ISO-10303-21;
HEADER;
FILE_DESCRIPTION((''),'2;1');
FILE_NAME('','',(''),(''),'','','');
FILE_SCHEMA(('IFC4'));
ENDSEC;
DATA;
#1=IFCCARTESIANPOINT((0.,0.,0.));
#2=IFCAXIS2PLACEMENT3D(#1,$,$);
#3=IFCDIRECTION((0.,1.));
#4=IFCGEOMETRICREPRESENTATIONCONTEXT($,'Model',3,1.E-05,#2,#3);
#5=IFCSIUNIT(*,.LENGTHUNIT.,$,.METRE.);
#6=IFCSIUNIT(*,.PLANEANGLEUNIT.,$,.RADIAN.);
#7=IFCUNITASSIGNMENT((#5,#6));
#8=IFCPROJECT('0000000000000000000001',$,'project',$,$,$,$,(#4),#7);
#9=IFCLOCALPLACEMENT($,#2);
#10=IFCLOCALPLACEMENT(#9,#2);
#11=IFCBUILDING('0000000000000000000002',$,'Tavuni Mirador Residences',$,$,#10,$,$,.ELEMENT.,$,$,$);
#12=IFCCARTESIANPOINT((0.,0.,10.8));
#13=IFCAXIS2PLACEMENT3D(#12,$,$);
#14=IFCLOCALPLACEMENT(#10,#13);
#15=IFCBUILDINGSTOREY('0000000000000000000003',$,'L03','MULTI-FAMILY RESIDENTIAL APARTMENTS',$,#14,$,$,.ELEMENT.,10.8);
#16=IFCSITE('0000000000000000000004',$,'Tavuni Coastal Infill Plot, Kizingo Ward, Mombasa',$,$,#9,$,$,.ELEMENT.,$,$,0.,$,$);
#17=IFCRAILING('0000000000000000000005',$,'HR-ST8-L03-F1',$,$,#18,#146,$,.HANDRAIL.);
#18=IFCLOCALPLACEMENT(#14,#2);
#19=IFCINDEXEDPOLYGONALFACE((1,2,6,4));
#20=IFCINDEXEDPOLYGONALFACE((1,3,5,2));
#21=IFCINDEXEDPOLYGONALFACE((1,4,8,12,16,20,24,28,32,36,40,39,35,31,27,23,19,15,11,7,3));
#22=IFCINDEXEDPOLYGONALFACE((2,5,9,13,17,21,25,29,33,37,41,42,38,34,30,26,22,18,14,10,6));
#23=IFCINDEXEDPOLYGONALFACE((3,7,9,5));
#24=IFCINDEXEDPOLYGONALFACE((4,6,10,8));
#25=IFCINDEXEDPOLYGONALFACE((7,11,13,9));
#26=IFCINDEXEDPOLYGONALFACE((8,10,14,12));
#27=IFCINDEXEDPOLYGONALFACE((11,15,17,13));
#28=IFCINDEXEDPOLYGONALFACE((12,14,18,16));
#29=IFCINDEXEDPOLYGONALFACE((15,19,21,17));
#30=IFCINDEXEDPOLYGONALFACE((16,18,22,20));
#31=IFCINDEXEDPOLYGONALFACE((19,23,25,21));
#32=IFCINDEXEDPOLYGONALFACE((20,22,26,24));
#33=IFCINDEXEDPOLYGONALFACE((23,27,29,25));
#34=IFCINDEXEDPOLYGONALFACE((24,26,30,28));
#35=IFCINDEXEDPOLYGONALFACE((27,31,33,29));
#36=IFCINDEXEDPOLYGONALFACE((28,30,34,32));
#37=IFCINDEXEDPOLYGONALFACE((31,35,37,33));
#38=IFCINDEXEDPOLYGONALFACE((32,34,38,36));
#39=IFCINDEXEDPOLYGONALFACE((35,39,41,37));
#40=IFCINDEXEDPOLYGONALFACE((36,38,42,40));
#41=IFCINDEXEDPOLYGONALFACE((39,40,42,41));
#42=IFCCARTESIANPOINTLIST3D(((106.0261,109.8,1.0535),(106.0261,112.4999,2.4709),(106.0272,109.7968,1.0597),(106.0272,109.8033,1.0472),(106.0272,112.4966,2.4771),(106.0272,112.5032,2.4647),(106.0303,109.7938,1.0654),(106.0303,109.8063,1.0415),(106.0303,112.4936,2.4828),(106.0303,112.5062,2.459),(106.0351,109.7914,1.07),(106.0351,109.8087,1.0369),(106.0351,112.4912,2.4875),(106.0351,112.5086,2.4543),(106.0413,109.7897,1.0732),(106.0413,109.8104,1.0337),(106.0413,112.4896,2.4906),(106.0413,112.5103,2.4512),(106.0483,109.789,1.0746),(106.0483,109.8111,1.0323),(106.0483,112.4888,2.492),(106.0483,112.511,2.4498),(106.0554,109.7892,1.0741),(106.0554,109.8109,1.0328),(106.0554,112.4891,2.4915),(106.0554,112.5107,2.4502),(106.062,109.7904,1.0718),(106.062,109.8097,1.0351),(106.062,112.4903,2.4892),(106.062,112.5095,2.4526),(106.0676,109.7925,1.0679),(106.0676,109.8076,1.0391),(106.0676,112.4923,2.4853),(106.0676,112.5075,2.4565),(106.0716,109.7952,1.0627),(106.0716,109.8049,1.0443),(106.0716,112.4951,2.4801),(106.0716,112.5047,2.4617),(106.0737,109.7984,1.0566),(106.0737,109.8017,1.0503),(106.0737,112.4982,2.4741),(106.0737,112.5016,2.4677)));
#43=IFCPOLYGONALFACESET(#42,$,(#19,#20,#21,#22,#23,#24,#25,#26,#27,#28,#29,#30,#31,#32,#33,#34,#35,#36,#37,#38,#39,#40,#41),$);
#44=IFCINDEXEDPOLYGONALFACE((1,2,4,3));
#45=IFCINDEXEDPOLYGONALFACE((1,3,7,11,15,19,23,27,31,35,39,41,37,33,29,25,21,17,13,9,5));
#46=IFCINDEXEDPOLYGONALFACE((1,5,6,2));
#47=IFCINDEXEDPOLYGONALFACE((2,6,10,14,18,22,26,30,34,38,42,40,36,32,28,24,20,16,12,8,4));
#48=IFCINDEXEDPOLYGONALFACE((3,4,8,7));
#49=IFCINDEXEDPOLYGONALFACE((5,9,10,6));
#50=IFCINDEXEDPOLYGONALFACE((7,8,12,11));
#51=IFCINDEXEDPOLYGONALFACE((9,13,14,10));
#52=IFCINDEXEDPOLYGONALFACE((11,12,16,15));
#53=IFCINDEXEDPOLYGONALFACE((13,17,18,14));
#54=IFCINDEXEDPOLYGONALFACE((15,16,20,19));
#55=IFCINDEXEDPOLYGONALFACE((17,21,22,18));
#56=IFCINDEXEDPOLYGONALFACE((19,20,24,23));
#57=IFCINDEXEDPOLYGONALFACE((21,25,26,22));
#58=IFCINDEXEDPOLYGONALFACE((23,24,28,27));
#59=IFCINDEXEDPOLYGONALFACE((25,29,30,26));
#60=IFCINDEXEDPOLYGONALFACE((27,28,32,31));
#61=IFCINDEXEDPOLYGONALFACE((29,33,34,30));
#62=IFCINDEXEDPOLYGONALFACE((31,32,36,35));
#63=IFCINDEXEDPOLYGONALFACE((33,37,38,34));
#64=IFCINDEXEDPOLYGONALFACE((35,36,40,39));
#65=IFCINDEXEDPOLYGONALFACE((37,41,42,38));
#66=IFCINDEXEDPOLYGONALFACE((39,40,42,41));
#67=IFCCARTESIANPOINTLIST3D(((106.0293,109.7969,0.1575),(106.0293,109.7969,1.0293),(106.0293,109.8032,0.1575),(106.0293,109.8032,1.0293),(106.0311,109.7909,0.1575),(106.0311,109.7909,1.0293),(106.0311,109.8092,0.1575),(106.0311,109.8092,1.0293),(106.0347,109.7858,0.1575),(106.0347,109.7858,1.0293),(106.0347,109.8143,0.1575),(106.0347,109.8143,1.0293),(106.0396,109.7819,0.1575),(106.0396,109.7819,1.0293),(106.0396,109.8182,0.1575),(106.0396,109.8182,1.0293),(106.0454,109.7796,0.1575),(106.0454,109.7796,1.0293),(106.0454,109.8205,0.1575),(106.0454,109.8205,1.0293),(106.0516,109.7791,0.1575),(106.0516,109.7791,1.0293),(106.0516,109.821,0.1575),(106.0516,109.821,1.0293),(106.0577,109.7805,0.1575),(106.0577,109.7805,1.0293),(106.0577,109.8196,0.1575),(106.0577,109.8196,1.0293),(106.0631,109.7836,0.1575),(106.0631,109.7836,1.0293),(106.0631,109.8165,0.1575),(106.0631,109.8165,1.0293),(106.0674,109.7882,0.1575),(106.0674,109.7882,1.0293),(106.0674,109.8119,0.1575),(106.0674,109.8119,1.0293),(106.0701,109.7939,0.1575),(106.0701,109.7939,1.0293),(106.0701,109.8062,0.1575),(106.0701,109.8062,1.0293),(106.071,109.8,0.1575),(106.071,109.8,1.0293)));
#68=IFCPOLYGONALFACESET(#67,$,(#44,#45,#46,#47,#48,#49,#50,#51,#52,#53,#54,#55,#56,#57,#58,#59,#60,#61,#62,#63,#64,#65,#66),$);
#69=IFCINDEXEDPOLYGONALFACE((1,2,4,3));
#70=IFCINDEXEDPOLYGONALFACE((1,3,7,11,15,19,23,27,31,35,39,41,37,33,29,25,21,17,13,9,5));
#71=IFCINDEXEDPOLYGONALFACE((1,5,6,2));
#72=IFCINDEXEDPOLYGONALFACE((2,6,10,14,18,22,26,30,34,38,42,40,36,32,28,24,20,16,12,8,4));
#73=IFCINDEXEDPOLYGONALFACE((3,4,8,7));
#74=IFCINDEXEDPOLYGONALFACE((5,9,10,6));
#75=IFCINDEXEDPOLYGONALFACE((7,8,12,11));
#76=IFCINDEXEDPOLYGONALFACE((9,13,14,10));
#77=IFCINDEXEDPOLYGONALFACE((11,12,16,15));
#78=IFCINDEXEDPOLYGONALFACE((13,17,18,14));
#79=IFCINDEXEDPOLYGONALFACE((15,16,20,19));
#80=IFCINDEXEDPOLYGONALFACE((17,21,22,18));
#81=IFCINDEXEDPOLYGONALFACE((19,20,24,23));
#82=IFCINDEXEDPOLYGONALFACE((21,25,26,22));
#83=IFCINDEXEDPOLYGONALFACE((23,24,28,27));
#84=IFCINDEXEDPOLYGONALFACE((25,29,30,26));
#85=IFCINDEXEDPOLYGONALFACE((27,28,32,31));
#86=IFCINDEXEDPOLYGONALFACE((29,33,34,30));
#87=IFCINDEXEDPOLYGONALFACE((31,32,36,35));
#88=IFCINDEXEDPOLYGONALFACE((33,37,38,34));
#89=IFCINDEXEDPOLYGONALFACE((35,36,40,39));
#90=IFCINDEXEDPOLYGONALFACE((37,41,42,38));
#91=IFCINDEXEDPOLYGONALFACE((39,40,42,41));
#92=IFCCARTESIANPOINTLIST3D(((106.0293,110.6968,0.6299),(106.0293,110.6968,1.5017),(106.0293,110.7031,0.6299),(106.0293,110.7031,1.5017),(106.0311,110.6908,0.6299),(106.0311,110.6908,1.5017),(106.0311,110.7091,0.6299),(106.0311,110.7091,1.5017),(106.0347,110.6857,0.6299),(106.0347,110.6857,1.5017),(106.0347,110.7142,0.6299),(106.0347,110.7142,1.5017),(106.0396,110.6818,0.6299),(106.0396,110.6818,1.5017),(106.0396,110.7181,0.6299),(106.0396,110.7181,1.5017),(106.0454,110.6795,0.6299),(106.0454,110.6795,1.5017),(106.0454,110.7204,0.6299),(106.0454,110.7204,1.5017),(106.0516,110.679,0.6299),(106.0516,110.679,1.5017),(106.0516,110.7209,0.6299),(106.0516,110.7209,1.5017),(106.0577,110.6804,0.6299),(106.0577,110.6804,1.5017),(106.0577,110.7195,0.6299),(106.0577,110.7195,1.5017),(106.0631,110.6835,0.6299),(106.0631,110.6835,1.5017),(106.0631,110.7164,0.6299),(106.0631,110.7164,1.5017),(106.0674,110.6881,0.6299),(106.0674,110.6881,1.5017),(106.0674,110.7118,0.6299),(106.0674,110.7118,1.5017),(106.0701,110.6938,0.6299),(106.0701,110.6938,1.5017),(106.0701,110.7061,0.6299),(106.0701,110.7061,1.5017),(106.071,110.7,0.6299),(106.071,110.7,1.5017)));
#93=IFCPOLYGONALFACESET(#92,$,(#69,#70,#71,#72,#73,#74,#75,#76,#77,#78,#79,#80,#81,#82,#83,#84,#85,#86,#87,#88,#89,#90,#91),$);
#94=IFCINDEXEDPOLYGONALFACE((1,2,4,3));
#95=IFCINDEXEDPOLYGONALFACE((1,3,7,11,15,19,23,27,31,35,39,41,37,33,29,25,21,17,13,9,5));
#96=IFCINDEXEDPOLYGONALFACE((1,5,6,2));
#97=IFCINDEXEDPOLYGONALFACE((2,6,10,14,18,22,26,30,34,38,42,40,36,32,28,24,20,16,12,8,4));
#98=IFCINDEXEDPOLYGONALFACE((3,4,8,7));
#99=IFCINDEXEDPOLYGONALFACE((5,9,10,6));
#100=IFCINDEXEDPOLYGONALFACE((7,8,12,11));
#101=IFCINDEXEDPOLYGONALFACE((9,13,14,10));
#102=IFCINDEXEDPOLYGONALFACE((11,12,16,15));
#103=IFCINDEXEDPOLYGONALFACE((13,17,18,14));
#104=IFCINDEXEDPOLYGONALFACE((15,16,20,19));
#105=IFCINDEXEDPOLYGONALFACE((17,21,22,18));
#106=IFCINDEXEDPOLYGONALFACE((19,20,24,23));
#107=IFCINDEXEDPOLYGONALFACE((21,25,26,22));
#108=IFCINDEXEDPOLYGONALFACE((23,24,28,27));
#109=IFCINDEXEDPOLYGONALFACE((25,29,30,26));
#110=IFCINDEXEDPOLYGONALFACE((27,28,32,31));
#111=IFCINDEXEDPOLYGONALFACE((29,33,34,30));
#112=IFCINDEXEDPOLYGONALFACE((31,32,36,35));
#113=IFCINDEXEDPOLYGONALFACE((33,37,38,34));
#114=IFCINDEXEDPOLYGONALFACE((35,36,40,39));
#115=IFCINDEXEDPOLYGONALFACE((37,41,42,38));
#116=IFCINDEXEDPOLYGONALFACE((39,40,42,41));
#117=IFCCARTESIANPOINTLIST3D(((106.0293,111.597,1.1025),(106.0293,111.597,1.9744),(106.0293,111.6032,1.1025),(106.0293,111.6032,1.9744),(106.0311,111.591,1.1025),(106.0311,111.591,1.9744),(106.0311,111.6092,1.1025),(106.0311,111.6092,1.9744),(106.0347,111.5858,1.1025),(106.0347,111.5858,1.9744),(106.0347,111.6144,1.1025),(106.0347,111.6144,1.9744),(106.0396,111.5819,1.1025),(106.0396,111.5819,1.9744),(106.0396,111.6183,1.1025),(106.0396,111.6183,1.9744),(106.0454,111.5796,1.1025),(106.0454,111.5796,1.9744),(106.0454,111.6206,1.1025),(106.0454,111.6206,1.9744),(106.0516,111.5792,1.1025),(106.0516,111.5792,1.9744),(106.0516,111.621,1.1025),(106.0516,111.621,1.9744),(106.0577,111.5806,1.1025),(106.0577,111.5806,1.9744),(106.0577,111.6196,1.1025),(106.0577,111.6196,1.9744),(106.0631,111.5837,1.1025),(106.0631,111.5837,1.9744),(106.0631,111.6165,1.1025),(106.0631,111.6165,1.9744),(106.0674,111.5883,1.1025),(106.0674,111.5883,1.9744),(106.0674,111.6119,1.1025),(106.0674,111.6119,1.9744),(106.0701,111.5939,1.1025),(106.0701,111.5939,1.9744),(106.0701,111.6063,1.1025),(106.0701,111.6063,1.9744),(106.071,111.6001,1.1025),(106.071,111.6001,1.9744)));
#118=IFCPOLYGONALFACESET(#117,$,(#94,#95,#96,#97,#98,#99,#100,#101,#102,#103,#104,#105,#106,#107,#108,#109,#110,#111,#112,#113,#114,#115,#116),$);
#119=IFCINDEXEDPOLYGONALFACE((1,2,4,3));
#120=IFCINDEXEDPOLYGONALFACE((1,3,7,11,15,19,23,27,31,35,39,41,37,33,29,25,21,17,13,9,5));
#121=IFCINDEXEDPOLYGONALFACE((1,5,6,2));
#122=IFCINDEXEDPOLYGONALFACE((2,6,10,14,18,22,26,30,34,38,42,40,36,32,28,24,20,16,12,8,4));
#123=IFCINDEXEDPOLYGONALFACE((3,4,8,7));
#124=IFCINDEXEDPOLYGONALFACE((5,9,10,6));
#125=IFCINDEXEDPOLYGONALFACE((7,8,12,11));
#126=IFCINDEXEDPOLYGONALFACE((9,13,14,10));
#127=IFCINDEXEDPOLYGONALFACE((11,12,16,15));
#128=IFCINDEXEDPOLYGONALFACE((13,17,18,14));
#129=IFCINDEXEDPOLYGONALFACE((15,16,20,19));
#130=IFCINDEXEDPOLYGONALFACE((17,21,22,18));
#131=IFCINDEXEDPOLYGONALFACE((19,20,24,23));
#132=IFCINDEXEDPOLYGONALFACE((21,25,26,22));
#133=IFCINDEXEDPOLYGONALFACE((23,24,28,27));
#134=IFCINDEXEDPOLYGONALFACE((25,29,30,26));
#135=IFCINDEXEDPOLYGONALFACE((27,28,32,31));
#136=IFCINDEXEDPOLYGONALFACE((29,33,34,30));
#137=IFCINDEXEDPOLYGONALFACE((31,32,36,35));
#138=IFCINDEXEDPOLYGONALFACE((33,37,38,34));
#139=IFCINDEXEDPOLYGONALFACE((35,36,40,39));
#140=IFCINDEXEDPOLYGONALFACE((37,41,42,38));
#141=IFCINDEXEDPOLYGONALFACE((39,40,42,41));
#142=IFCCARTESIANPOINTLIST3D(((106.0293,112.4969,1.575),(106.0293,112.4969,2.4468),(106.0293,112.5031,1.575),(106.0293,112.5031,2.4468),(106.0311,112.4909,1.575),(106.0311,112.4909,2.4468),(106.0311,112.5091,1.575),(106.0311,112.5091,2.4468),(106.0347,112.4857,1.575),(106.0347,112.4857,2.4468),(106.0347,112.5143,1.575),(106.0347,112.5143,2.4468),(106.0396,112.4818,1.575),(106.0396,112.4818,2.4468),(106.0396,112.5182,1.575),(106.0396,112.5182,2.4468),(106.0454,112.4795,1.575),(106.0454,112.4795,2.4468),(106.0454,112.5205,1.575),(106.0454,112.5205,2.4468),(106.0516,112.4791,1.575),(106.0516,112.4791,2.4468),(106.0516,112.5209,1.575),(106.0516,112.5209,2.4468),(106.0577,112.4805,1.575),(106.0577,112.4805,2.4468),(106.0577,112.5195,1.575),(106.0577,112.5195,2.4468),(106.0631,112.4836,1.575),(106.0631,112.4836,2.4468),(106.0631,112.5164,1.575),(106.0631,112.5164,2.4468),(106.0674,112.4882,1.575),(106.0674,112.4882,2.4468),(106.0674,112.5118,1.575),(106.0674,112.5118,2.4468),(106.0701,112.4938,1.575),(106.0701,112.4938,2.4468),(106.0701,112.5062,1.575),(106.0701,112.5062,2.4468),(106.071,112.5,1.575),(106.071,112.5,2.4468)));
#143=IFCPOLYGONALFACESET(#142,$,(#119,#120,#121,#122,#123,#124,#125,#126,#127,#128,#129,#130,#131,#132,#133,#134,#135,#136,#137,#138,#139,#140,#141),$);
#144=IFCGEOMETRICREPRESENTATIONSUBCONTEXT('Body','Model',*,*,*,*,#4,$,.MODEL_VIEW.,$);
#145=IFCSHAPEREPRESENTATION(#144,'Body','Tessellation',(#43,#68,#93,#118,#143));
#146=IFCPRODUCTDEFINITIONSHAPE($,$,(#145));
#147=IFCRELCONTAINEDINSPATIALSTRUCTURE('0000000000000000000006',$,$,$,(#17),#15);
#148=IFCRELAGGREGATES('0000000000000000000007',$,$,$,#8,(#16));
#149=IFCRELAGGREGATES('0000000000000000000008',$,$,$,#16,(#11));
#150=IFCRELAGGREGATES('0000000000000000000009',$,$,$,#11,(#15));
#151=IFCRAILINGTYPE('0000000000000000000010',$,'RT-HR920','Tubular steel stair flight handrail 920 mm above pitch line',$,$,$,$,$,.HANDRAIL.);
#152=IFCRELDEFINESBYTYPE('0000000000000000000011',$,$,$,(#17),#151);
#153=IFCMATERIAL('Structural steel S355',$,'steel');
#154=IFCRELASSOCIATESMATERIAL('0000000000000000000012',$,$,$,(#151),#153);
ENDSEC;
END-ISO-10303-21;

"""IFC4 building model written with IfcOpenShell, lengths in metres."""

from ifc_helpers import new_model, si_unit, direction, frame, origin, origin_2d, place, context, subcontext, project, spatial, circle, extrude, material, type_object, element, save


model = new_model("IFC4")

# Units and contexts
model_context = context("Model", 3, precision=1e-05, world=origin(), true_north=direction((0.0, 1.0)))
body_context = subcontext(model_context, "Body", "Model", "MODEL_VIEW")
ifc_project = project(units=[si_unit("LENGTHUNIT", "METRE"), si_unit("PLANEANGLEUNIT", "RADIAN")], contexts=[model_context])

# Site, building, storey
site_placement = place(None, origin())
site = spatial("IfcSite", under=ifc_project, at=site_placement, Name="Tavuni Coastal Infill Plot, Kizingo Ward, Mombasa", CompositionType="ELEMENT", RefElevation=0.0)
building_placement = place(site_placement, origin())
building = spatial("IfcBuilding", under=site, at=building_placement, Name="Tavuni Mirador Residences", CompositionType="ELEMENT")
storey_placement = place(building_placement, frame((0.0, 0.0, 10.8)))
storey = spatial("IfcBuildingStorey", under=building, at=storey_placement, Name="L03", Description="MULTI-FAMILY RESIDENTIAL APARTMENTS", CompositionType="ELEMENT", Elevation=10.8)

# Shared definitions
ifc_material_1 = material(Name="Structural steel S355", Category="steel")

# Railing
railing_type_1 = type_object("IfcRailingType", Name="RT-HR920", Description="Tubular steel stair flight handrail 920 mm above pitch line", PredefinedType="HANDRAIL", material=ifc_material_1)
railing_1_placement = place(storey_placement, frame((106.05, 109.8, 0.1575)))
element("IfcRailing", 1, at=railing_1_placement, inside=storey, type_object=railing_type_1, Name="HR-ST8-L03-F1", PredefinedType="HANDRAIL", context=body_context, shape_type="SweptSolid", body=[
    extrude(circle(Radius=0.0239, at=origin_2d()), frame((0.0, 0.0, 0.896), z_axis=(0.0, 0.885397, 0.464835), x_axis=(-1.0, 0.0, 0.0)), (0.0, 0.0, 1.0), 3.0493),
    extrude(circle(Radius=0.021, at=origin_2d()), origin(), (0.0, 0.0, 1.0), 0.8718),
    extrude(circle(Radius=0.021, at=origin_2d()), frame((0.0, 0.8999, 0.4724)), (0.0, 0.0, 1.0), 0.8718),
    extrude(circle(Radius=0.021, at=origin_2d()), frame((0.0, 1.8, 0.9451)), (0.0, 0.0, 1.0), 0.8718),
    extrude(circle(Radius=0.021, at=origin_2d()), frame((0.0, 2.7, 1.4175)), (0.0, 0.0, 1.0), 0.8718),
])

save(model, "model.ifc")
